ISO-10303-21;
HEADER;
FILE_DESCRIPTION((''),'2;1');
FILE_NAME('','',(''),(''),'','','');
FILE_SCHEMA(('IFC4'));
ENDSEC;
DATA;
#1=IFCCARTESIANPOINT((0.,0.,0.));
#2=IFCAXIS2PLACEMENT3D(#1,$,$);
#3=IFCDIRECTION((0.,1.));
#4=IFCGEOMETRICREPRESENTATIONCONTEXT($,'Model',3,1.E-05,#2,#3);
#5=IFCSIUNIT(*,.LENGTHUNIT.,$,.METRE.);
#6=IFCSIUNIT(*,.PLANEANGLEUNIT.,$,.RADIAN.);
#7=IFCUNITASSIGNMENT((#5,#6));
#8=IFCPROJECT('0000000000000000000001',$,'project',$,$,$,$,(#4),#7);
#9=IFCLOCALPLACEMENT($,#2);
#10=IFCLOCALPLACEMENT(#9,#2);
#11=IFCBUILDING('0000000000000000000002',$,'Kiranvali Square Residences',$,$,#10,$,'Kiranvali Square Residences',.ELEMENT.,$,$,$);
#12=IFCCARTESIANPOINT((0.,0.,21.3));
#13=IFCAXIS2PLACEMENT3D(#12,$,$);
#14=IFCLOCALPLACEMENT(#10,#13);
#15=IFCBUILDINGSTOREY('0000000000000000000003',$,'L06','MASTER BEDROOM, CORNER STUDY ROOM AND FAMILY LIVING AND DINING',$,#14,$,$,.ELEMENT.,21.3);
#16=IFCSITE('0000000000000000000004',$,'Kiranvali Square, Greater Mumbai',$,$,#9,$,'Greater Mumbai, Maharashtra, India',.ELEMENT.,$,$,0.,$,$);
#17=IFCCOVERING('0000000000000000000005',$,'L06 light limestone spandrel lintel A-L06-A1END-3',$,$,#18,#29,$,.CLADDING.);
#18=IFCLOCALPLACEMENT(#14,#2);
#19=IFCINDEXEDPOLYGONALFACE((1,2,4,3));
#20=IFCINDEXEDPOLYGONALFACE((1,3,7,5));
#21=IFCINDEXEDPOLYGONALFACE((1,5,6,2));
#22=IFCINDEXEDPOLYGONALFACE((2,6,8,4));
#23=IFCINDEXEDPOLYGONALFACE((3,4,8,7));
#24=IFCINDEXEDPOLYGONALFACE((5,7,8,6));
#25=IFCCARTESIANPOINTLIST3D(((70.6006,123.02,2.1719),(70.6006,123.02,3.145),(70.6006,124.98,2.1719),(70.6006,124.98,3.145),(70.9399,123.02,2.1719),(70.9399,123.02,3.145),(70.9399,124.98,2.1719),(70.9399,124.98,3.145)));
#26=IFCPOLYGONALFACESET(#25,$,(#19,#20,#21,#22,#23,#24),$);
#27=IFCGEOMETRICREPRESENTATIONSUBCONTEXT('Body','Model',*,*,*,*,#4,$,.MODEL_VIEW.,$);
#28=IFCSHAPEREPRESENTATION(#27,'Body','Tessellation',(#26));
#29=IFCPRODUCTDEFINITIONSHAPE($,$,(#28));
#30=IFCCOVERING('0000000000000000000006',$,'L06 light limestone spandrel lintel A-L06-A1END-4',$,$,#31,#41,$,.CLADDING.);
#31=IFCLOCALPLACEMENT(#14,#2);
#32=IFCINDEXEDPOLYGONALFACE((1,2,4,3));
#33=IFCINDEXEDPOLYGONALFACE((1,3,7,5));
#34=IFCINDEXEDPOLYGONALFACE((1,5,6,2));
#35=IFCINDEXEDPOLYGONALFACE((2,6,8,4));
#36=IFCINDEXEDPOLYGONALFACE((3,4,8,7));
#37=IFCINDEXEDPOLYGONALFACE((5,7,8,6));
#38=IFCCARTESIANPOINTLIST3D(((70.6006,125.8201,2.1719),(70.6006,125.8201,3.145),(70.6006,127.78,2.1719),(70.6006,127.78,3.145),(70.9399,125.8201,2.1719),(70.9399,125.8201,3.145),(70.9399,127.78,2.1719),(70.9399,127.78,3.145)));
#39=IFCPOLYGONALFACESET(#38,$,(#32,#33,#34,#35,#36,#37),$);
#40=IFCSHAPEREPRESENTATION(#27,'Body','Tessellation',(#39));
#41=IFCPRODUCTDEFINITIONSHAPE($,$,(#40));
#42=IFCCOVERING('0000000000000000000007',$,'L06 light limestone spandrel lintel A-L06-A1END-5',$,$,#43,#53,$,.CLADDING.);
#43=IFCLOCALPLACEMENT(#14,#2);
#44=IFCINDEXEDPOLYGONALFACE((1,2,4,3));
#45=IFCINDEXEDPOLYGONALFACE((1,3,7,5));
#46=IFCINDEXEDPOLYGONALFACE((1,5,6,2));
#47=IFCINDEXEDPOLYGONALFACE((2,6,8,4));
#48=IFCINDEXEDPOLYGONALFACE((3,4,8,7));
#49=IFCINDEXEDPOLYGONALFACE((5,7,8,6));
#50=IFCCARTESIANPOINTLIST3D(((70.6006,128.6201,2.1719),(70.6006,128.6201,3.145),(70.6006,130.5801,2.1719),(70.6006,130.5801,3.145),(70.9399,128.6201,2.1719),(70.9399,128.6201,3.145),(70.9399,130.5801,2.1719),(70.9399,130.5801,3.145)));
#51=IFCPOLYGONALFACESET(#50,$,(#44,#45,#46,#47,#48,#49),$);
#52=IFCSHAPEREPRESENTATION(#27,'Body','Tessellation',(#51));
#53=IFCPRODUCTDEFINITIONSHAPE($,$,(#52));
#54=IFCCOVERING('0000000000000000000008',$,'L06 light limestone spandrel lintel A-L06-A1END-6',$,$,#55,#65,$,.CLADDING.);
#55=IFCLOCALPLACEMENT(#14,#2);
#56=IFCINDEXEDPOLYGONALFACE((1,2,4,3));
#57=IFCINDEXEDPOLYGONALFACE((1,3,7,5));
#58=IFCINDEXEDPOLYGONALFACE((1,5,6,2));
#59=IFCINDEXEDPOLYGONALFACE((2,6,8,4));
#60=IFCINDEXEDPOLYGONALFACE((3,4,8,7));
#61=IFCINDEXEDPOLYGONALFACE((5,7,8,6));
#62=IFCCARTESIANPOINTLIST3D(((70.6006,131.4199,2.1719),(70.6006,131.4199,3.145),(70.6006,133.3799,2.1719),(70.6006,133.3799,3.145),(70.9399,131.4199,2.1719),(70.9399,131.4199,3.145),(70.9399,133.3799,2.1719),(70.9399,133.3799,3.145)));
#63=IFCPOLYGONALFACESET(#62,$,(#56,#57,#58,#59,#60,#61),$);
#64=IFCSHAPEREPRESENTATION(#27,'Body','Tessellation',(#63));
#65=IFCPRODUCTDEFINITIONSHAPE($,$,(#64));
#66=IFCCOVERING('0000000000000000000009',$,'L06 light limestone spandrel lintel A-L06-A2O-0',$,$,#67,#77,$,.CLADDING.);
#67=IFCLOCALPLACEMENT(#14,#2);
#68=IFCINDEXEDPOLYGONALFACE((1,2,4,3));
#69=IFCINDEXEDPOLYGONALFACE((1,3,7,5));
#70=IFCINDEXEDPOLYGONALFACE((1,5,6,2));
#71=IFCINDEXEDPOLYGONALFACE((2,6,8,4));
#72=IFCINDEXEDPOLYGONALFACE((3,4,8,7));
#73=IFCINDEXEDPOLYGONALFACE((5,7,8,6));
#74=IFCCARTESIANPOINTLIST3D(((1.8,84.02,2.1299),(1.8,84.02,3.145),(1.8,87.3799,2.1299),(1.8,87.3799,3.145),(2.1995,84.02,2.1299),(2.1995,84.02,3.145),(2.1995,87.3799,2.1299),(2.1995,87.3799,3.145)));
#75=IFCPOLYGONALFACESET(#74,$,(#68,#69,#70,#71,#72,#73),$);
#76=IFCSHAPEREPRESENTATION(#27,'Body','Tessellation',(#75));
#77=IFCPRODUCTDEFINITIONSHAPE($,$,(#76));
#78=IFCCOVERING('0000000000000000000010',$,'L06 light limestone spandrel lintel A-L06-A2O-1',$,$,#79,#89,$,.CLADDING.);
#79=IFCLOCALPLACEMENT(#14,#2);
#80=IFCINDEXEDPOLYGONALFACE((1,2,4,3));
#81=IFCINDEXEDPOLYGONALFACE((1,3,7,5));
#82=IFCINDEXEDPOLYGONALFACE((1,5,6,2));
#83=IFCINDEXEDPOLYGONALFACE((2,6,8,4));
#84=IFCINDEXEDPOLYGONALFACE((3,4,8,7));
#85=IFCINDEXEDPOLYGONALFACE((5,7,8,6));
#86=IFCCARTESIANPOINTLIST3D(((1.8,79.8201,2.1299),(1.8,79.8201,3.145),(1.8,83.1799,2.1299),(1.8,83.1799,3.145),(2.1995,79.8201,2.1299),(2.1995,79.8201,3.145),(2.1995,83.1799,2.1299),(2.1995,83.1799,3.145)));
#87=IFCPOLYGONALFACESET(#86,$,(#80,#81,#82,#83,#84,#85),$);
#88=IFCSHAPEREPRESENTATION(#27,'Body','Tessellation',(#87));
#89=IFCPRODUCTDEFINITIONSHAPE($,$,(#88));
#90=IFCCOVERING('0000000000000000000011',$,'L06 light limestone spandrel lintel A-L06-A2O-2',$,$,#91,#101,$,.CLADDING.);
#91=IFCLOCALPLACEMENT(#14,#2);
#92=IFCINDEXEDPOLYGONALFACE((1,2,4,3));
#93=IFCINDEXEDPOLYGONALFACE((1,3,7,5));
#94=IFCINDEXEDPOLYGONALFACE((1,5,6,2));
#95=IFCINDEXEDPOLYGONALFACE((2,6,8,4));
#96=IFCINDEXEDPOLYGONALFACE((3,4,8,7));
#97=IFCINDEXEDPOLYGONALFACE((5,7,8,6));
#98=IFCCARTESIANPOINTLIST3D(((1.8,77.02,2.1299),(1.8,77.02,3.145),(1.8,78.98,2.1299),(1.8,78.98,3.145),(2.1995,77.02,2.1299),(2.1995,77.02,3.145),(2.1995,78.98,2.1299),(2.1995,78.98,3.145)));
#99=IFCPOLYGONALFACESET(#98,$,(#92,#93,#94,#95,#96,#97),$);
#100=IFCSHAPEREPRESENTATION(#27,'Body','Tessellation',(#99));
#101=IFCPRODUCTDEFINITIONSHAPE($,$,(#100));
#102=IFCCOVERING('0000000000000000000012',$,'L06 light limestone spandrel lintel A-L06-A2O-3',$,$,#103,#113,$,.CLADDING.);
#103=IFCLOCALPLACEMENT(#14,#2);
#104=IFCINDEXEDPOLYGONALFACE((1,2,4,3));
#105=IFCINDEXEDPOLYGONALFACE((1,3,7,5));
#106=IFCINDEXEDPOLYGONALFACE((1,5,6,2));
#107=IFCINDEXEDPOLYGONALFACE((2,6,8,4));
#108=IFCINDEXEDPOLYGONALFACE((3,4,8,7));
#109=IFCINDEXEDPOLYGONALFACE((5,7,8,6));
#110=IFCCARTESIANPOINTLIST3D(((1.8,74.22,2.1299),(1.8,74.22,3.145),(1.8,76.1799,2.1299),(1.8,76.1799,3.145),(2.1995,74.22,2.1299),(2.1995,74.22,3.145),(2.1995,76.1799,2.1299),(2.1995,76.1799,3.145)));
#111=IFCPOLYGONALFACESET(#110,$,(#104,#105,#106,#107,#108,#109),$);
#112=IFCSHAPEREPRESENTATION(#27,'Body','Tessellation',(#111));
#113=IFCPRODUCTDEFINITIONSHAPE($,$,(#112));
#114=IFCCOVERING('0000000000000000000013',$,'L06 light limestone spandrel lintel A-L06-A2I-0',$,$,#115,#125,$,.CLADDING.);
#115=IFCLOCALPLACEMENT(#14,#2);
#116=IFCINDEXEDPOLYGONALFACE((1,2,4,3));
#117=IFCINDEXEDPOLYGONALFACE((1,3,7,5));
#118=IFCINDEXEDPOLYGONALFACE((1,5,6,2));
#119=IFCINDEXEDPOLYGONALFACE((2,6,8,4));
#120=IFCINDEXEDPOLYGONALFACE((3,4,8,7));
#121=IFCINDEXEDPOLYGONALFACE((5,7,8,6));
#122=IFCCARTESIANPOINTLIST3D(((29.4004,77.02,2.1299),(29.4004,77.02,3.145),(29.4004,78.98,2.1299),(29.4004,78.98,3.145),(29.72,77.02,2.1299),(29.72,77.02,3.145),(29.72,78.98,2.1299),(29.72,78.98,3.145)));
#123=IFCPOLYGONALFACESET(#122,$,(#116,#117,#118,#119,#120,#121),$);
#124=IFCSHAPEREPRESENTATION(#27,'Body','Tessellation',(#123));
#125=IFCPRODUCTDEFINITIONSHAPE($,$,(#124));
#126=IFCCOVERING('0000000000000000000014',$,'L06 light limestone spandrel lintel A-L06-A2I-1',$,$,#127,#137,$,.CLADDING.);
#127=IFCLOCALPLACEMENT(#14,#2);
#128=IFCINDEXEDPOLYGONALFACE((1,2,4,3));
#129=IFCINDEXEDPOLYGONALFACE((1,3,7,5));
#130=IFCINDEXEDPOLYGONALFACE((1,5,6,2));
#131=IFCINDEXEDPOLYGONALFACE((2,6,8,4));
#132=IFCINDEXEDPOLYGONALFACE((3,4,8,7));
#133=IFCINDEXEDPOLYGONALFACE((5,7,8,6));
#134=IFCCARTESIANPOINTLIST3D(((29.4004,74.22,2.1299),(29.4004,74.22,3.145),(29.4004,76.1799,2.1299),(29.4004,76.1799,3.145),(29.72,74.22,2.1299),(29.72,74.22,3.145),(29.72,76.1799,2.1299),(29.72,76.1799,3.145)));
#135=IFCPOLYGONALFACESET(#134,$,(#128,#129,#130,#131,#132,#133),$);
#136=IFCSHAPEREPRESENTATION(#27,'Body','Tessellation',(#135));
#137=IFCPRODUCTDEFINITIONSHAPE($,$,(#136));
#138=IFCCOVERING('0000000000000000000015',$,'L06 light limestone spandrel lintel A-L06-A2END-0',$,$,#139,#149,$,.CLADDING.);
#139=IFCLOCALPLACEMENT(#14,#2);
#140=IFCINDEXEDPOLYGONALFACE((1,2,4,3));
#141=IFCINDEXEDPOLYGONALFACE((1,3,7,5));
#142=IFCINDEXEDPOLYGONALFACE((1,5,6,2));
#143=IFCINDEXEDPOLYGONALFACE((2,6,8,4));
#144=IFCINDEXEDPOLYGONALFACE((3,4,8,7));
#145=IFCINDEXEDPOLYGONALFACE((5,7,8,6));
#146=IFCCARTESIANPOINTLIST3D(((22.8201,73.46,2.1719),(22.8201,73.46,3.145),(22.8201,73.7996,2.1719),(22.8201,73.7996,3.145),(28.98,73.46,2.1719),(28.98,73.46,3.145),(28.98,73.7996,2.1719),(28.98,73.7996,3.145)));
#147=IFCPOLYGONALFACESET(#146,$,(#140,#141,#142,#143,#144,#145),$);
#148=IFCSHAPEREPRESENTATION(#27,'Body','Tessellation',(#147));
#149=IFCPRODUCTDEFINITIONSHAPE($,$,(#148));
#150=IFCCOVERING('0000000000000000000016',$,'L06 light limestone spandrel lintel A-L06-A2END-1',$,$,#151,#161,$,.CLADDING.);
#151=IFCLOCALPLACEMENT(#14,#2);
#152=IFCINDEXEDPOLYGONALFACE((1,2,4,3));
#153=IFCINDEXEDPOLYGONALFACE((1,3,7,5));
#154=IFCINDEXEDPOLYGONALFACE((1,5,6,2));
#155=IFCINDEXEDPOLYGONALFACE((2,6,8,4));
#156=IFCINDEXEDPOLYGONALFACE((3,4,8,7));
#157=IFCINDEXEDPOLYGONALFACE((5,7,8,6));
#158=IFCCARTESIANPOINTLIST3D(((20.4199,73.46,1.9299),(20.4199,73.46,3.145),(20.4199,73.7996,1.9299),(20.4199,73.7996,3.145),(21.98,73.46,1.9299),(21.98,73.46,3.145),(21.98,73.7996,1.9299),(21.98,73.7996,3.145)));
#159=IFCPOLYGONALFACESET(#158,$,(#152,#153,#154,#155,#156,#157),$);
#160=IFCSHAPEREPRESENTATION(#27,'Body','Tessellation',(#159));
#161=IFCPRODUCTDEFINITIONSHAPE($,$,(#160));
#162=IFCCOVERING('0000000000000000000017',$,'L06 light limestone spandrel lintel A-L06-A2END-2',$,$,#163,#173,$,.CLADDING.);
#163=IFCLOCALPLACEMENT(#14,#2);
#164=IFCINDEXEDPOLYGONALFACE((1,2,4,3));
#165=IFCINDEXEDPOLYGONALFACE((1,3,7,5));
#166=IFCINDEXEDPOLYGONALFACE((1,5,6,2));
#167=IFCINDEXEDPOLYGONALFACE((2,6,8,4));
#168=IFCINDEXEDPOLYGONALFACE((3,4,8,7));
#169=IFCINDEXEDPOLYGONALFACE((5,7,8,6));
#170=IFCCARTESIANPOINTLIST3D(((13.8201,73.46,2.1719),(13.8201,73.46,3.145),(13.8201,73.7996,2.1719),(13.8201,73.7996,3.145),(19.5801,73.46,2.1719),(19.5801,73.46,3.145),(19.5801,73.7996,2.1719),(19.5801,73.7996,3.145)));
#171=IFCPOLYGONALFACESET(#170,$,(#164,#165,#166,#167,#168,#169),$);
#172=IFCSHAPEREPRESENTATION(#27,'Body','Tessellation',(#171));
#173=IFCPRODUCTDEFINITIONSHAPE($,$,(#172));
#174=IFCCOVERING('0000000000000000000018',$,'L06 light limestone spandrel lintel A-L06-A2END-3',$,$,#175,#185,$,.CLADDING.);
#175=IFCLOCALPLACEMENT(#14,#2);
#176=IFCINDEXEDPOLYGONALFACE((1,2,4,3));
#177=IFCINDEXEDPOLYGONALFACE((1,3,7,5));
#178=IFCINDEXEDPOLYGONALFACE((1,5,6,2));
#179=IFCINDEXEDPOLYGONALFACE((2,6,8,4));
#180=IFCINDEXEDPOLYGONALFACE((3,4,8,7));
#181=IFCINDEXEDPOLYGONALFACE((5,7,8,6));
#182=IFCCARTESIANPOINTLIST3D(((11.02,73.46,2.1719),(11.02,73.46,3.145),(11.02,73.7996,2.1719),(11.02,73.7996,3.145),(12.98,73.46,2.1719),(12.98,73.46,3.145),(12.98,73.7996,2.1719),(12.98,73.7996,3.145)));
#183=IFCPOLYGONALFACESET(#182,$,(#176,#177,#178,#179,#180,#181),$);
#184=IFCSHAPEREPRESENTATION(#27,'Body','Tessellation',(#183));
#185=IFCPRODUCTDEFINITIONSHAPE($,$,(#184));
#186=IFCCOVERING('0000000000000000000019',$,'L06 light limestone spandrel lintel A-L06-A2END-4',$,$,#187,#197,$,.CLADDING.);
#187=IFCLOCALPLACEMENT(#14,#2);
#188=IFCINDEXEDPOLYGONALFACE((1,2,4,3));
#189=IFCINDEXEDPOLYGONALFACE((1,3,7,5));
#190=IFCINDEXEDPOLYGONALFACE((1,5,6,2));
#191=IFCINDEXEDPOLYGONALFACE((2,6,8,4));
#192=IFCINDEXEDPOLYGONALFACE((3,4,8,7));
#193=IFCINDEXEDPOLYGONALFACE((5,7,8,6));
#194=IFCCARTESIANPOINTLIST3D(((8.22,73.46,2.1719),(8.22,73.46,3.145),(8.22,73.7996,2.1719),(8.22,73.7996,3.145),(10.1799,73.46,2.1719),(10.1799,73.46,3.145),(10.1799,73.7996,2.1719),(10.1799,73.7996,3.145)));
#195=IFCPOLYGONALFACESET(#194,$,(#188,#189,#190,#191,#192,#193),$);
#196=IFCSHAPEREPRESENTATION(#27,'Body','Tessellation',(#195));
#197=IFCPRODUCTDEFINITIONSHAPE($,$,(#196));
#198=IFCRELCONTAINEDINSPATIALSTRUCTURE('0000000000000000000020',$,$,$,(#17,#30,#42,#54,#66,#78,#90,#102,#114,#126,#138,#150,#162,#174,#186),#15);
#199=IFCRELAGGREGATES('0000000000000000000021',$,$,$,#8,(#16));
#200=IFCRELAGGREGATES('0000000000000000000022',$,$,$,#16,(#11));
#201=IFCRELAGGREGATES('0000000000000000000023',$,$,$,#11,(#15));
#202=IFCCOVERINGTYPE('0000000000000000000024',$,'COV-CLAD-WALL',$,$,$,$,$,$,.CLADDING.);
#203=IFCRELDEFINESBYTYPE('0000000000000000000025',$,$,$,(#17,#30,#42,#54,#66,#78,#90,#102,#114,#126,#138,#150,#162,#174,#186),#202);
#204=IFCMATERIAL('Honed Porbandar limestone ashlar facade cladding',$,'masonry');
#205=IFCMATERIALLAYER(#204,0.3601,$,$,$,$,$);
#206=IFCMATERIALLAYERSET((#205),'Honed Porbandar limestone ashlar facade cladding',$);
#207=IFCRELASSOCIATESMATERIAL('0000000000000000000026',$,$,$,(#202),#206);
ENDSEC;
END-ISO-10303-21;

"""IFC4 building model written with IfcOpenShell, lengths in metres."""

from ifc_helpers import new_model, si_unit, direction, frame, origin, place, context, subcontext, project, spatial, polyline, outline, extrude, material, layer, layer_set, type_object, element, save


model = new_model("IFC4")

# Units and contexts
model_context = context("Model", 3, precision=1e-05, world=origin(), true_north=direction((0.0, 1.0)))
body_context = subcontext(model_context, "Body", "Model", "MODEL_VIEW")
ifc_project = project(units=[si_unit("LENGTHUNIT", "METRE"), si_unit("PLANEANGLEUNIT", "RADIAN")], contexts=[model_context])

# Site, building, storey
site_placement = place(None, origin())
site = spatial("IfcSite", under=ifc_project, at=site_placement, Name="Kiranvali Square, Greater Mumbai", LongName="Greater Mumbai, Maharashtra, India", CompositionType="ELEMENT", RefElevation=0.0)
building_placement = place(site_placement, origin())
building = spatial("IfcBuilding", under=site, at=building_placement, Name="Kiranvali Square Residences", LongName="Kiranvali Square Residences", CompositionType="ELEMENT")
storey_placement = place(building_placement, frame((0.0, 0.0, 21.3)))
storey = spatial("IfcBuildingStorey", under=building, at=storey_placement, Name="L06", Description="MASTER BEDROOM, CORNER STUDY ROOM AND FAMILY LIVING AND DINING", CompositionType="ELEMENT", Elevation=21.3)

# Coverings
ifc_material = material(Name="Honed Porbandar limestone ashlar facade cladding", Category="masonry")
ifc_layer_1 = layer(ifc_material, 0.3601)
ifc_layer_set_1 = layer_set([ifc_layer_1], Name="Honed Porbandar limestone ashlar facade cladding")
covering_type_1 = type_object("IfcCoveringType", Name="COV-CLAD-WALL", PredefinedType="CLADDING", material=ifc_layer_set_1)
covering_1_placement = place(storey_placement, frame((0.0, 0.0, 2.1719)))
element("IfcCovering", 1, at=covering_1_placement, inside=storey, type_object=covering_type_1, Name="L06 light limestone spandrel lintel A-L06-A1END-3", PredefinedType="CLADDING", context=body_context, shape_type="SweptSolid", body=[
    extrude(outline(polyline([(70.9399, 123.02), (70.9399, 124.98), (70.6006, 124.98), (70.6006, 123.02), (70.9399, 123.02)])), origin(), (0.0, 0.0, 1.0), 0.9731),
])
covering_2_placement = place(storey_placement, frame((0.0, 0.0, 2.1719)))
element("IfcCovering", 2, at=covering_2_placement, inside=storey, type_object=covering_type_1, Name="L06 light limestone spandrel lintel A-L06-A1END-4", PredefinedType="CLADDING", context=body_context, shape_type="SweptSolid", body=[
    extrude(outline(polyline([(70.9399, 125.8201), (70.9399, 127.78), (70.6006, 127.78), (70.6006, 125.8201), (70.9399, 125.8201)])), origin(), (0.0, 0.0, 1.0), 0.9731),
])
covering_3_placement = place(storey_placement, frame((0.0, 0.0, 2.1719)))
element("IfcCovering", 3, at=covering_3_placement, inside=storey, type_object=covering_type_1, Name="L06 light limestone spandrel lintel A-L06-A1END-5", PredefinedType="CLADDING", context=body_context, shape_type="SweptSolid", body=[
    extrude(outline(polyline([(70.9399, 128.6201), (70.9399, 130.5801), (70.6006, 130.5801), (70.6006, 128.6201), (70.9399, 128.6201)])), origin(), (0.0, 0.0, 1.0), 0.9731),
])
covering_4_placement = place(storey_placement, frame((0.0, 0.0, 2.1719)))
element("IfcCovering", 4, at=covering_4_placement, inside=storey, type_object=covering_type_1, Name="L06 light limestone spandrel lintel A-L06-A1END-6", PredefinedType="CLADDING", context=body_context, shape_type="SweptSolid", body=[
    extrude(outline(polyline([(70.9399, 131.4199), (70.9399, 133.3799), (70.6006, 133.3799), (70.6006, 131.4199), (70.9399, 131.4199)])), origin(), (0.0, 0.0, 1.0), 0.9731),
])
covering_5_placement = place(storey_placement, frame((0.0, 0.0, 2.1299)))
element("IfcCovering", 5, at=covering_5_placement, inside=storey, type_object=covering_type_1, Name="L06 light limestone spandrel lintel A-L06-A2O-0", PredefinedType="CLADDING", context=body_context, shape_type="SweptSolid", body=[
    extrude(outline(polyline([(1.8, 87.3799), (1.8, 84.02), (2.1995, 84.02), (2.1995, 87.3799), (1.8, 87.3799)])), origin(), (0.0, 0.0, 1.0), 1.0151),
])
covering_6_placement = place(storey_placement, frame((0.0, 0.0, 2.1299)))
element("IfcCovering", 6, at=covering_6_placement, inside=storey, type_object=covering_type_1, Name="L06 light limestone spandrel lintel A-L06-A2O-1", PredefinedType="CLADDING", context=body_context, shape_type="SweptSolid", body=[
    extrude(outline(polyline([(1.8, 83.1799), (1.8, 79.8201), (2.1995, 79.8201), (2.1995, 83.1799), (1.8, 83.1799)])), origin(), (0.0, 0.0, 1.0), 1.0151),
])
covering_7_placement = place(storey_placement, frame((0.0, 0.0, 2.1299)))
element("IfcCovering", 7, at=covering_7_placement, inside=storey, type_object=covering_type_1, Name="L06 light limestone spandrel lintel A-L06-A2O-2", PredefinedType="CLADDING", context=body_context, shape_type="SweptSolid", body=[
    extrude(outline(polyline([(1.8, 78.98), (1.8, 77.02), (2.1995, 77.02), (2.1995, 78.98), (1.8, 78.98)])), origin(), (0.0, 0.0, 1.0), 1.0151),
])
covering_8_placement = place(storey_placement, frame((0.0, 0.0, 2.1299)))
element("IfcCovering", 8, at=covering_8_placement, inside=storey, type_object=covering_type_1, Name="L06 light limestone spandrel lintel A-L06-A2O-3", PredefinedType="CLADDING", context=body_context, shape_type="SweptSolid", body=[
    extrude(outline(polyline([(1.8, 76.1799), (1.8, 74.22), (2.1995, 74.22), (2.1995, 76.1799), (1.8, 76.1799)])), origin(), (0.0, 0.0, 1.0), 1.0151),
])
covering_9_placement = place(storey_placement, frame((0.0, 0.0, 2.1299)))
element("IfcCovering", 9, at=covering_9_placement, inside=storey, type_object=covering_type_1, Name="L06 light limestone spandrel lintel A-L06-A2I-0", PredefinedType="CLADDING", context=body_context, shape_type="SweptSolid", body=[
    extrude(outline(polyline([(29.4004, 78.98), (29.4004, 77.02), (29.72, 77.02), (29.72, 78.98), (29.4004, 78.98)])), origin(), (0.0, 0.0, 1.0), 1.0151),
])
covering_10_placement = place(storey_placement, frame((0.0, 0.0, 2.1299)))
element("IfcCovering", 10, at=covering_10_placement, inside=storey, type_object=covering_type_1, Name="L06 light limestone spandrel lintel A-L06-A2I-1", PredefinedType="CLADDING", context=body_context, shape_type="SweptSolid", body=[
    extrude(outline(polyline([(29.4004, 76.1799), (29.4004, 74.22), (29.72, 74.22), (29.72, 76.1799), (29.4004, 76.1799)])), origin(), (0.0, 0.0, 1.0), 1.0151),
])
covering_11_placement = place(storey_placement, frame((0.0, 0.0, 2.1719)))
element("IfcCovering", 11, at=covering_11_placement, inside=storey, type_object=covering_type_1, Name="L06 light limestone spandrel lintel A-L06-A2END-0", PredefinedType="CLADDING", context=body_context, shape_type="SweptSolid", body=[
    extrude(outline(polyline([(28.98, 73.7996), (22.8201, 73.7996), (22.8201, 73.46), (28.98, 73.46), (28.98, 73.7996)])), origin(), (0.0, 0.0, 1.0), 0.9731),
])
covering_12_placement = place(storey_placement, frame((0.0, 0.0, 1.9299)))
element("IfcCovering", 12, at=covering_12_placement, inside=storey, type_object=covering_type_1, Name="L06 light limestone spandrel lintel A-L06-A2END-1", PredefinedType="CLADDING", context=body_context, shape_type="SweptSolid", body=[
    extrude(outline(polyline([(21.98, 73.7996), (20.4199, 73.7996), (20.4199, 73.46), (21.98, 73.46), (21.98, 73.7996)])), origin(), (0.0, 0.0, 1.0), 1.2151),
])
covering_13_placement = place(storey_placement, frame((0.0, 0.0, 2.1719)))
element("IfcCovering", 13, at=covering_13_placement, inside=storey, type_object=covering_type_1, Name="L06 light limestone spandrel lintel A-L06-A2END-2", PredefinedType="CLADDING", context=body_context, shape_type="SweptSolid", body=[
    extrude(outline(polyline([(19.5801, 73.7996), (13.8201, 73.7996), (13.8201, 73.46), (19.5801, 73.46), (19.5801, 73.7996)])), origin(), (0.0, 0.0, 1.0), 0.9731),
])
covering_14_placement = place(storey_placement, frame((0.0, 0.0, 2.1719)))
element("IfcCovering", 14, at=covering_14_placement, inside=storey, type_object=covering_type_1, Name="L06 light limestone spandrel lintel A-L06-A2END-3", PredefinedType="CLADDING", context=body_context, shape_type="SweptSolid", body=[
    extrude(outline(polyline([(12.98, 73.7996), (11.02, 73.7996), (11.02, 73.46), (12.98, 73.46), (12.98, 73.7996)])), origin(), (0.0, 0.0, 1.0), 0.9731),
])
covering_15_placement = place(storey_placement, frame((0.0, 0.0, 2.1719)))
element("IfcCovering", 15, at=covering_15_placement, inside=storey, type_object=covering_type_1, Name="L06 light limestone spandrel lintel A-L06-A2END-4", PredefinedType="CLADDING", context=body_context, shape_type="SweptSolid", body=[
    extrude(outline(polyline([(10.1799, 73.7996), (8.22, 73.7996), (8.22, 73.46), (10.1799, 73.46), (10.1799, 73.7996)])), origin(), (0.0, 0.0, 1.0), 0.9731),
])

save(model, "model.ifc")
